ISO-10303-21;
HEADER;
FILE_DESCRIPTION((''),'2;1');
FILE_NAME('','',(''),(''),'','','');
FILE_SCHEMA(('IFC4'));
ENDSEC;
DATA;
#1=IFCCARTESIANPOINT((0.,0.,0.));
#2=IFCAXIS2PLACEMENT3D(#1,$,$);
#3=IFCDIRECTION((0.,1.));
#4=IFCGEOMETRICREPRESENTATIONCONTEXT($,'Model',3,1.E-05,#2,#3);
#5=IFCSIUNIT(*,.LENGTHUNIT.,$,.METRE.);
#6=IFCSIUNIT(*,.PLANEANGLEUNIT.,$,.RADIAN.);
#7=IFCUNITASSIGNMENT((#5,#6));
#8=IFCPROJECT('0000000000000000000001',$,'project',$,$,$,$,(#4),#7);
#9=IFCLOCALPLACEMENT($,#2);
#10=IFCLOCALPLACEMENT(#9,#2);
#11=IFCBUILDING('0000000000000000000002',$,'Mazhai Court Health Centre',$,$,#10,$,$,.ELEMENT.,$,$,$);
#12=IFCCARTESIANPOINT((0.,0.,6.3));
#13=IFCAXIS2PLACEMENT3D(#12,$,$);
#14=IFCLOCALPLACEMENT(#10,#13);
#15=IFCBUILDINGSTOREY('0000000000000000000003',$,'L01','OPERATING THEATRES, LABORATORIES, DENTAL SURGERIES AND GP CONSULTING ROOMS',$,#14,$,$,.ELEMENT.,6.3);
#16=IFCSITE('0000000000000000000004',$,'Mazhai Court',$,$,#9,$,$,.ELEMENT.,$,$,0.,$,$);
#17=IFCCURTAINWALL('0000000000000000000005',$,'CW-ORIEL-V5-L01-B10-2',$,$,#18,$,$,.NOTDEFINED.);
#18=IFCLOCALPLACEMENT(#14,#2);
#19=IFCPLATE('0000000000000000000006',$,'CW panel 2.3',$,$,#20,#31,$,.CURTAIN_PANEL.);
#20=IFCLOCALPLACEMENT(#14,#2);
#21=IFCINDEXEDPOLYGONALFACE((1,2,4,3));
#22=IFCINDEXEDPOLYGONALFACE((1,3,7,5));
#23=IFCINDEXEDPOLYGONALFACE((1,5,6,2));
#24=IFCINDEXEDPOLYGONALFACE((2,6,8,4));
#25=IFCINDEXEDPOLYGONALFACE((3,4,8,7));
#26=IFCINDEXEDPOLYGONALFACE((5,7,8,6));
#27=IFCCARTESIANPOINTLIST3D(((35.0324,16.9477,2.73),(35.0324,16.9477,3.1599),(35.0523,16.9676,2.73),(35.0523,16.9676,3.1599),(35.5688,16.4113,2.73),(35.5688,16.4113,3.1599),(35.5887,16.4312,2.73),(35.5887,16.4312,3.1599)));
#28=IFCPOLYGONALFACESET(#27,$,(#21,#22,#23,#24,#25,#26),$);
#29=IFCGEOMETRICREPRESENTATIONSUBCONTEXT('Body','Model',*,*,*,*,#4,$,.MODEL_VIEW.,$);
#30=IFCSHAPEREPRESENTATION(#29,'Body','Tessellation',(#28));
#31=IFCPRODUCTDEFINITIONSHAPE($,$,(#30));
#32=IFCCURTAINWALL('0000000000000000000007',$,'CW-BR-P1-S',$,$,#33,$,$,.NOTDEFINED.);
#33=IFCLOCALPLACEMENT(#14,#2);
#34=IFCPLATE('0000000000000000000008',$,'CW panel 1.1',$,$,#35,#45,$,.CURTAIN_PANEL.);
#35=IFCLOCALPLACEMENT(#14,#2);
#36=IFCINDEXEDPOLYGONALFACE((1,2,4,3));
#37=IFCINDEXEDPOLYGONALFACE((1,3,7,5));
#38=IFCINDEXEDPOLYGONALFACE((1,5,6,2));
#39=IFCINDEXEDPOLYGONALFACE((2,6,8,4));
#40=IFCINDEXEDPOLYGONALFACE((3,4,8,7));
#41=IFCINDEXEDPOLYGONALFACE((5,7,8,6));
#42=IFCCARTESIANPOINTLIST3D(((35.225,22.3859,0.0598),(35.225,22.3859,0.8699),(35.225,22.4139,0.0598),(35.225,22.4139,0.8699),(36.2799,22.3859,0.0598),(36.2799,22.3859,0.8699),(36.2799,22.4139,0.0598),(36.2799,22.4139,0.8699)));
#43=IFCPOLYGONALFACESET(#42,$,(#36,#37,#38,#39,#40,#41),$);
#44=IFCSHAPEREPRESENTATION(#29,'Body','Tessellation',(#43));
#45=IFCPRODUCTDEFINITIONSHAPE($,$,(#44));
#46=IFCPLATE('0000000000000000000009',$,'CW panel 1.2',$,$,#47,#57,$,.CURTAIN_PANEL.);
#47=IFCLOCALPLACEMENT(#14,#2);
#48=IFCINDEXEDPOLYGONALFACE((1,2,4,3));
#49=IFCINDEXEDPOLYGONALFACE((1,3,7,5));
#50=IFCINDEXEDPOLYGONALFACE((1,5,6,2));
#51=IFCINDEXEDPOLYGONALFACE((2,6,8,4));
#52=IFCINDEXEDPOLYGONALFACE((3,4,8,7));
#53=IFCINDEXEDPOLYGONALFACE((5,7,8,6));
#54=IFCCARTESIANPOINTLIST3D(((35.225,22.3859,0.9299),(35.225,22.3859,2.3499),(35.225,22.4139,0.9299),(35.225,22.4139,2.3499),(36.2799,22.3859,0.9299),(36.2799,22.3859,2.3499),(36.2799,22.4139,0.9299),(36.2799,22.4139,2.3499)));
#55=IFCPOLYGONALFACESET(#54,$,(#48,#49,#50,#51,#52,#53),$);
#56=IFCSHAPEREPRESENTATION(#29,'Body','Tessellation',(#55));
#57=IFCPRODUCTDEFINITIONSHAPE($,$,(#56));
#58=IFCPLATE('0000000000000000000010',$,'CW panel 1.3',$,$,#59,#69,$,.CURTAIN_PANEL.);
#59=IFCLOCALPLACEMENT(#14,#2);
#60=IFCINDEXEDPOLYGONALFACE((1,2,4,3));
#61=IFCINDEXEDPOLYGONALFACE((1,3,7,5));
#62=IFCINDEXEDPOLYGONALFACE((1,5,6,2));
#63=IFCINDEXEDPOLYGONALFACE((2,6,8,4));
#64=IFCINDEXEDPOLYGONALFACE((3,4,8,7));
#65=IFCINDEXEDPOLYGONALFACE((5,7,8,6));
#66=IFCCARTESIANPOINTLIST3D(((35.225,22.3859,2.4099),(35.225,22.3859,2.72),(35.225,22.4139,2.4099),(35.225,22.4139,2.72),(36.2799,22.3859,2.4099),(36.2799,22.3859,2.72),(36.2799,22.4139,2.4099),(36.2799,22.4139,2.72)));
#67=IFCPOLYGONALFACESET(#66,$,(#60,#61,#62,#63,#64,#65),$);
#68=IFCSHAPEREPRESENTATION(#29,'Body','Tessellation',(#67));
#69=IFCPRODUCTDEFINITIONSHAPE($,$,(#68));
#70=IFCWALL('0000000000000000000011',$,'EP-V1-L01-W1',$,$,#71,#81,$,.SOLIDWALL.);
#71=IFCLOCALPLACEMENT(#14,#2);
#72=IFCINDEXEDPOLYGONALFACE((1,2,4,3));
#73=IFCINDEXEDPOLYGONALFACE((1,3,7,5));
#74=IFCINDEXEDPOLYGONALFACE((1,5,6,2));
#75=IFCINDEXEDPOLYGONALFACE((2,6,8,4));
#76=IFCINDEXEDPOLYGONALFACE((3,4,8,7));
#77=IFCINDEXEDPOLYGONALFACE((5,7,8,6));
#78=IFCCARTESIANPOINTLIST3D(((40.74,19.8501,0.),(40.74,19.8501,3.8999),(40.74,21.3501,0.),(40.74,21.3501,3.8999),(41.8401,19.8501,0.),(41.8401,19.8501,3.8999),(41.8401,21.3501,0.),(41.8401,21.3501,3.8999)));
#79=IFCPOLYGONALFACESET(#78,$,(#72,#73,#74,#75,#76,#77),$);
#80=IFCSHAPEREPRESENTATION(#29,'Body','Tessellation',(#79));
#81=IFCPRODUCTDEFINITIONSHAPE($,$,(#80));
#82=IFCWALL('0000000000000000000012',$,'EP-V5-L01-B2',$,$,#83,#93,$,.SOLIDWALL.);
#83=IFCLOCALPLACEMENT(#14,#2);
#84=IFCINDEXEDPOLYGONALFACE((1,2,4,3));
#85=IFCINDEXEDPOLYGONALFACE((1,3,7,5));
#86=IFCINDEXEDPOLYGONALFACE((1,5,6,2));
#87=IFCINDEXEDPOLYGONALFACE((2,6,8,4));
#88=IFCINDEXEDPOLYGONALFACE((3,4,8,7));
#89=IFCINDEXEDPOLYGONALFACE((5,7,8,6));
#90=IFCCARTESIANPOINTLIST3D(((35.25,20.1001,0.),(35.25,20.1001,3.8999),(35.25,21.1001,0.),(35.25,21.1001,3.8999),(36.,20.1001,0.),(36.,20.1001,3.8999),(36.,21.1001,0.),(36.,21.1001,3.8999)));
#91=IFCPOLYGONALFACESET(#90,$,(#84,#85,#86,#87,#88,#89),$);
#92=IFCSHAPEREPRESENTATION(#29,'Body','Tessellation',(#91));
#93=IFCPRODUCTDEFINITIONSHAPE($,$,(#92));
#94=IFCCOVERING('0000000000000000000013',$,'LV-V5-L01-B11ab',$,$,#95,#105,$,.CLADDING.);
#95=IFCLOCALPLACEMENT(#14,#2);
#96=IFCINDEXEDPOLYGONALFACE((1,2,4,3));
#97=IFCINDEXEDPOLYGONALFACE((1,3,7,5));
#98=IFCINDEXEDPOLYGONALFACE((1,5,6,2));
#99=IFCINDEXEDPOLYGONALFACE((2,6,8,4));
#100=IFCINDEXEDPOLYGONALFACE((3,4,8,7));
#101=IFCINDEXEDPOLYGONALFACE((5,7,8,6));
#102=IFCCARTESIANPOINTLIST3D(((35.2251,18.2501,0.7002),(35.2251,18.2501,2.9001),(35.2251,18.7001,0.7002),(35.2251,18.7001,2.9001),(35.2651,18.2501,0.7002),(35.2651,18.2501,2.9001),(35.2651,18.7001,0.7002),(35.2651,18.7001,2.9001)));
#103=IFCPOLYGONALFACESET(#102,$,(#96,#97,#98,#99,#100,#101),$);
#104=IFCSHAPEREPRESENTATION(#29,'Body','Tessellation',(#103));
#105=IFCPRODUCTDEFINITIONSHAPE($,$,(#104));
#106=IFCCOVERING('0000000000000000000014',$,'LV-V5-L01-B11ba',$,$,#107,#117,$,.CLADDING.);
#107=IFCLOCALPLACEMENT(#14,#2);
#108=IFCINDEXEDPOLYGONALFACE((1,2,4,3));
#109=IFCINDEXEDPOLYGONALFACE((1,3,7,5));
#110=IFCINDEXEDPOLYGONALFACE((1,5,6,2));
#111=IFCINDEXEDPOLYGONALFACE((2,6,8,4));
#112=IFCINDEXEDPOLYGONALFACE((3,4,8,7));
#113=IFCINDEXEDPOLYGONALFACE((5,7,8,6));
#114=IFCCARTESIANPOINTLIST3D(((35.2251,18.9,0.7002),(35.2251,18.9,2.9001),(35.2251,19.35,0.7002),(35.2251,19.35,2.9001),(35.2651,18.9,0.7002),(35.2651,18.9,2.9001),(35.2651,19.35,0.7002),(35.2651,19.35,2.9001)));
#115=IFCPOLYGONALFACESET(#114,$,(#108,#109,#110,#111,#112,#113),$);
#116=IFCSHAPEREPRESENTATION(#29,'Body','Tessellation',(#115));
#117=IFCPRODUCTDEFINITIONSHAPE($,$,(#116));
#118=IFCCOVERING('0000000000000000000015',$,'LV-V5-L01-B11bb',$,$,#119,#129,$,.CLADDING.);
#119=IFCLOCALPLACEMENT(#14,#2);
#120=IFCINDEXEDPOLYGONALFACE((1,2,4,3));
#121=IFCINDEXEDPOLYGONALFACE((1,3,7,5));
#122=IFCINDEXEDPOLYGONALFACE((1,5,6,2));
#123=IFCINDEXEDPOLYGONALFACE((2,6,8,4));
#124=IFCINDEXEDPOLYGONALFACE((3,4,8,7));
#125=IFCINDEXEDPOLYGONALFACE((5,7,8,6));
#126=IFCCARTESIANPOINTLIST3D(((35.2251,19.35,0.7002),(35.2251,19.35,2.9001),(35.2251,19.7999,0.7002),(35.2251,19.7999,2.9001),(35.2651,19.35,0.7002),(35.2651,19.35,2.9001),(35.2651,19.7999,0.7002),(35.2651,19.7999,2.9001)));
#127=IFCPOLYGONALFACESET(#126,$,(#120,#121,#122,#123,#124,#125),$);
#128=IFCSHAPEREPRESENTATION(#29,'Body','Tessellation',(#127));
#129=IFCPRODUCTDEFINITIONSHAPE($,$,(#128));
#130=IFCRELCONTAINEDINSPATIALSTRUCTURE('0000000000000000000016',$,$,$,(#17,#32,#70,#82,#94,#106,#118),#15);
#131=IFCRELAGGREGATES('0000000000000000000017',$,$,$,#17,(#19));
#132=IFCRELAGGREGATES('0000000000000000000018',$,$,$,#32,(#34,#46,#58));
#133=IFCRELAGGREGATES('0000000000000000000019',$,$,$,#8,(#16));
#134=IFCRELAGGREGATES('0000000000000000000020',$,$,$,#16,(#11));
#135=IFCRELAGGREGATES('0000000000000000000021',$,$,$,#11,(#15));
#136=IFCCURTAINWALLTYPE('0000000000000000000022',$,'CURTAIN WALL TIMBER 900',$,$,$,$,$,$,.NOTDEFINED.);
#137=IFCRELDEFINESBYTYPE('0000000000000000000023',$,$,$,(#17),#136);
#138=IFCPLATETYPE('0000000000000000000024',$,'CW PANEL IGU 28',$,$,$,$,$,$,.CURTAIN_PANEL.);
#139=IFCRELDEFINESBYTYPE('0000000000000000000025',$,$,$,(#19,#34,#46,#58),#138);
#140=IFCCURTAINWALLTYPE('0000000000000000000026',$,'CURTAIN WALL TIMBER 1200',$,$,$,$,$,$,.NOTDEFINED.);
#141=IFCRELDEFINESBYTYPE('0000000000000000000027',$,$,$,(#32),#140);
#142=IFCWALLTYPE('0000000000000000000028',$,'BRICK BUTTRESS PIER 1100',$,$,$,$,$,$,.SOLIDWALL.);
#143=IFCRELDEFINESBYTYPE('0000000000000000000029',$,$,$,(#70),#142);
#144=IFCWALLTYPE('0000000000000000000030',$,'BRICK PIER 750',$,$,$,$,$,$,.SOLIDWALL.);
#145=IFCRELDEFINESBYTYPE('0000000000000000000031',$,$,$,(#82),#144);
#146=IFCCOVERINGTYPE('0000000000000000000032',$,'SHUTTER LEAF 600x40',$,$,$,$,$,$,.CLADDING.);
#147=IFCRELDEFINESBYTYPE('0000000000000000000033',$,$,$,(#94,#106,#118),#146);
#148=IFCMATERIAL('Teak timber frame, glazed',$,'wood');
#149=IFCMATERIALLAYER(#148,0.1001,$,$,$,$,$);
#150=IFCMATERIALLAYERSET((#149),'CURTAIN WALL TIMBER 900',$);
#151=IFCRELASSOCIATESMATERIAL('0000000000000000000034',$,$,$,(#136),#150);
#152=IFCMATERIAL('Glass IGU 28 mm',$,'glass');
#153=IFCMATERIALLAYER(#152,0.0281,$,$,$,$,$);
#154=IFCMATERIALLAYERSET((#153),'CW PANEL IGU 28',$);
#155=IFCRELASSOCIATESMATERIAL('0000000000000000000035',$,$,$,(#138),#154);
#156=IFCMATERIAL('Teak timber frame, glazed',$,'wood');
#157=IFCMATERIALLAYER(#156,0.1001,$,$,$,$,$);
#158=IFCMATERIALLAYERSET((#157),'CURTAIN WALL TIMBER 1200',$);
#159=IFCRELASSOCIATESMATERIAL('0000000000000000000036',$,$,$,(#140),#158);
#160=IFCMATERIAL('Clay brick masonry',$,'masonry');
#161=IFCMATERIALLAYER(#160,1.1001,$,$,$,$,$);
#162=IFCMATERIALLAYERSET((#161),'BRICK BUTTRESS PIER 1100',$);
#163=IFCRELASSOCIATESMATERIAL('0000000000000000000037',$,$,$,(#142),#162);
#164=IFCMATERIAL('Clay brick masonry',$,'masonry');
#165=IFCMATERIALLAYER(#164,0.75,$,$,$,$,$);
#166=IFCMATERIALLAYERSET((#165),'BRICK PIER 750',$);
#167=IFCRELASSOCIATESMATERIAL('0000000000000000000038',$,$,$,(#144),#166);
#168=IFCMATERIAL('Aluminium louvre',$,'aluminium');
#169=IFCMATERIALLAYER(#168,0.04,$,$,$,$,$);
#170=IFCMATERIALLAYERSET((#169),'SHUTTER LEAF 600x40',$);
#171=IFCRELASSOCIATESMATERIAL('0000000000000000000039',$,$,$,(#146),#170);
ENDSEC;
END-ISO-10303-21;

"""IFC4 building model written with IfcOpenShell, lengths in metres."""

from ifc_helpers import new_model, si_unit, direction, frame, frame_2d, origin, origin_2d, place, context, subcontext, project, spatial, rectangle, extrude, material, layer, layer_set, type_object, element, aggregate, save


model = new_model("IFC4")

# Units and contexts
model_context = context("Model", 3, precision=1e-05, world=origin(), true_north=direction((0.0, 1.0)))
body_context = subcontext(model_context, "Body", "Model", "MODEL_VIEW")
ifc_project = project(units=[si_unit("LENGTHUNIT", "METRE"), si_unit("PLANEANGLEUNIT", "RADIAN")], contexts=[model_context])

# Site, building, storey
site_placement = place(None, origin())
site = spatial("IfcSite", under=ifc_project, at=site_placement, Name="Mazhai Court", CompositionType="ELEMENT", RefElevation=0.0)
building_placement = place(site_placement, origin())
building = spatial("IfcBuilding", under=site, at=building_placement, Name="Mazhai Court Health Centre", CompositionType="ELEMENT")
storey_placement = place(building_placement, frame((0.0, 0.0, 6.3)))
storey = spatial("IfcBuildingStorey", under=building, at=storey_placement, Name="L01", Description="OPERATING THEATRES, LABORATORIES, DENTAL SURGERIES AND GP CONSULTING ROOMS", CompositionType="ELEMENT", Elevation=6.3)

# Curtain wall
ifc_material_1 = material(Name="Teak timber frame, glazed", Category="wood")
ifc_layer_1 = layer(ifc_material_1, 0.1001)
ifc_layer_set_1 = layer_set([ifc_layer_1], Name="CURTAIN WALL TIMBER 900")
curtain_wall_type_1 = type_object("IfcCurtainWallType", Name="CURTAIN WALL TIMBER 900", PredefinedType="NOTDEFINED", material=ifc_layer_set_1)
curtain_wall_1_placement = place(storey_placement, origin())
curtain_wall_1 = element("IfcCurtainWall", 1, at=curtain_wall_1_placement, inside=storey, type_object=curtain_wall_type_1, Name="CW-ORIEL-V5-L01-B10-2", PredefinedType="NOTDEFINED")

# Plate
ifc_material_2 = material(Name="Glass IGU 28 mm", Category="glass")
ifc_layer_2 = layer(ifc_material_2, 0.0281)
ifc_layer_set_2 = layer_set([ifc_layer_2], Name="CW PANEL IGU 28")
plate_type = type_object("IfcPlateType", Name="CW PANEL IGU 28", PredefinedType="CURTAIN_PANEL", material=ifc_layer_set_2)
plate_1_placement = place(storey_placement, frame((35.3105, 16.6895, 2.73), z_axis=(0.0, 0.0, 1.0), x_axis=(-0.707107, 0.707107, 0.0)))
plate_1 = element("IfcPlate", 2, at=plate_1_placement, type_object=plate_type, Name="CW panel 2.3", PredefinedType="CURTAIN_PANEL", context=body_context, shape_type="SweptSolid", body=[
    extrude(rectangle(XDim=0.7585, YDim=0.0281, at=origin_2d()), origin(), (0.0, 0.0, 1.0), 0.4299),
])
aggregate(curtain_wall_1, [plate_1])

# Curtain wall, plates
ifc_material_3 = material(Name="Teak timber frame, glazed", Category="wood")
ifc_layer_3 = layer(ifc_material_3, 0.1001)
ifc_layer_set_3 = layer_set([ifc_layer_3], Name="CURTAIN WALL TIMBER 1200")
curtain_wall_type_2 = type_object("IfcCurtainWallType", Name="CURTAIN WALL TIMBER 1200", PredefinedType="NOTDEFINED", material=ifc_layer_set_3)
curtain_wall_2_placement = place(storey_placement, origin())
curtain_wall_2 = element("IfcCurtainWall", 3, at=curtain_wall_2_placement, inside=storey, type_object=curtain_wall_type_2, Name="CW-BR-P1-S", PredefinedType="NOTDEFINED")
plate_2_placement = place(storey_placement, frame((35.7524, 22.3999, 0.0598), z_axis=(0.0, 0.0, 1.0), x_axis=(1.0, 0.0, 0.0)))
plate_2 = element("IfcPlate", 4, at=plate_2_placement, type_object=plate_type, Name="CW panel 1.1", PredefinedType="CURTAIN_PANEL", context=body_context, shape_type="SweptSolid", body=[
    extrude(rectangle(XDim=1.0549, YDim=0.0281, at=origin_2d()), origin(), (0.0, 0.0, 1.0), 0.8101),
])
plate_3_placement = place(storey_placement, frame((35.7524, 22.3999, 0.9299), z_axis=(0.0, 0.0, 1.0), x_axis=(1.0, 0.0, 0.0)))
plate_3 = element("IfcPlate", 5, at=plate_3_placement, type_object=plate_type, Name="CW panel 1.2", PredefinedType="CURTAIN_PANEL", context=body_context, shape_type="SweptSolid", body=[
    extrude(rectangle(XDim=1.0549, YDim=0.0281, at=origin_2d()), origin(), (0.0, 0.0, 1.0), 1.4199),
])
plate_4_placement = place(storey_placement, frame((35.7524, 22.3999, 2.4099), z_axis=(0.0, 0.0, 1.0), x_axis=(1.0, 0.0, 0.0)))
plate_4 = element("IfcPlate", 6, at=plate_4_placement, type_object=plate_type, Name="CW panel 1.3", PredefinedType="CURTAIN_PANEL", context=body_context, shape_type="SweptSolid", body=[
    extrude(rectangle(XDim=1.0549, YDim=0.0281, at=origin_2d()), origin(), (0.0, 0.0, 1.0), 0.3101),
])
aggregate(curtain_wall_2, [plate_2, plate_3, plate_4])

# Walls
ifc_material_4 = material(Name="Clay brick masonry", Category="masonry")
ifc_layer_4 = layer(ifc_material_4, 1.1001)
ifc_layer_set_4 = layer_set([ifc_layer_4], Name="BRICK BUTTRESS PIER 1100")
wall_type_1 = type_object("IfcWallType", Name="BRICK BUTTRESS PIER 1100", PredefinedType="SOLIDWALL", material=ifc_layer_set_4)
wall_1_placement = place(storey_placement, frame((41.29, 19.8501, 0.0), z_axis=(0.0, 0.0, 1.0), x_axis=(0.0, 1.0, 0.0)))
element("IfcWall", 7, at=wall_1_placement, inside=storey, type_object=wall_type_1, Name="EP-V1-L01-W1", PredefinedType="SOLIDWALL", context=body_context, shape_type="SweptSolid", body=[
    extrude(rectangle(XDim=1.5, YDim=1.1001, at=frame_2d((0.75, 0.0))), origin(), (0.0, 0.0, 1.0), 3.8999),
])
ifc_material_5 = material(Name="Clay brick masonry", Category="masonry")
ifc_layer_5 = layer(ifc_material_5, 0.75)
ifc_layer_set_5 = layer_set([ifc_layer_5], Name="BRICK PIER 750")
wall_type_2 = type_object("IfcWallType", Name="BRICK PIER 750", PredefinedType="SOLIDWALL", material=ifc_layer_set_5)
wall_2_placement = place(storey_placement, frame((35.625, 21.1001, 0.0), z_axis=(0.0, 0.0, 1.0), x_axis=(0.0, -1.0, 0.0)))
element("IfcWall", 8, at=wall_2_placement, inside=storey, type_object=wall_type_2, Name="EP-V5-L01-B2", PredefinedType="SOLIDWALL", context=body_context, shape_type="SweptSolid", body=[
    extrude(rectangle(XDim=1.0, YDim=0.75, at=frame_2d((0.5, 0.0))), origin(), (0.0, 0.0, 1.0), 3.8999),
])

# Coverings
ifc_material_6 = material(Name="Aluminium louvre", Category="aluminium")
ifc_layer_6 = layer(ifc_material_6, 0.04)
ifc_layer_set_6 = layer_set([ifc_layer_6], Name="SHUTTER LEAF 600x40")
covering_type = type_object("IfcCoveringType", Name="SHUTTER LEAF 600x40", PredefinedType="CLADDING", material=ifc_layer_set_6)
for number, where, z_axis, x_axis, name in (
    (9, (35.2451, 18.4751, 0.7002), (0.0, 0.0, 1.0), (0.0, 1.0, 0.0), "LV-V5-L01-B11ab"),
    (10, (35.2451, 19.125, 0.7002), (0.0, 0.0, 1.0), (0.0, 1.0, 0.0), "LV-V5-L01-B11ba"),
    (11, (35.2451, 19.575, 0.7002), (0.0, 0.0, 1.0), (0.0, 1.0, 0.0), "LV-V5-L01-B11bb"),
):
    element("IfcCovering", number, at=place(storey_placement, frame(where, z_axis=z_axis, x_axis=x_axis)), inside=storey, type_object=covering_type, Name=name, PredefinedType="CLADDING", context=body_context, shape_type="SweptSolid", body=[
        extrude(rectangle(XDim=0.45, YDim=0.04, at=origin_2d()), origin(), (0.0, 0.0, 1.0), 2.2),
    ])

save(model, "model.ifc")
